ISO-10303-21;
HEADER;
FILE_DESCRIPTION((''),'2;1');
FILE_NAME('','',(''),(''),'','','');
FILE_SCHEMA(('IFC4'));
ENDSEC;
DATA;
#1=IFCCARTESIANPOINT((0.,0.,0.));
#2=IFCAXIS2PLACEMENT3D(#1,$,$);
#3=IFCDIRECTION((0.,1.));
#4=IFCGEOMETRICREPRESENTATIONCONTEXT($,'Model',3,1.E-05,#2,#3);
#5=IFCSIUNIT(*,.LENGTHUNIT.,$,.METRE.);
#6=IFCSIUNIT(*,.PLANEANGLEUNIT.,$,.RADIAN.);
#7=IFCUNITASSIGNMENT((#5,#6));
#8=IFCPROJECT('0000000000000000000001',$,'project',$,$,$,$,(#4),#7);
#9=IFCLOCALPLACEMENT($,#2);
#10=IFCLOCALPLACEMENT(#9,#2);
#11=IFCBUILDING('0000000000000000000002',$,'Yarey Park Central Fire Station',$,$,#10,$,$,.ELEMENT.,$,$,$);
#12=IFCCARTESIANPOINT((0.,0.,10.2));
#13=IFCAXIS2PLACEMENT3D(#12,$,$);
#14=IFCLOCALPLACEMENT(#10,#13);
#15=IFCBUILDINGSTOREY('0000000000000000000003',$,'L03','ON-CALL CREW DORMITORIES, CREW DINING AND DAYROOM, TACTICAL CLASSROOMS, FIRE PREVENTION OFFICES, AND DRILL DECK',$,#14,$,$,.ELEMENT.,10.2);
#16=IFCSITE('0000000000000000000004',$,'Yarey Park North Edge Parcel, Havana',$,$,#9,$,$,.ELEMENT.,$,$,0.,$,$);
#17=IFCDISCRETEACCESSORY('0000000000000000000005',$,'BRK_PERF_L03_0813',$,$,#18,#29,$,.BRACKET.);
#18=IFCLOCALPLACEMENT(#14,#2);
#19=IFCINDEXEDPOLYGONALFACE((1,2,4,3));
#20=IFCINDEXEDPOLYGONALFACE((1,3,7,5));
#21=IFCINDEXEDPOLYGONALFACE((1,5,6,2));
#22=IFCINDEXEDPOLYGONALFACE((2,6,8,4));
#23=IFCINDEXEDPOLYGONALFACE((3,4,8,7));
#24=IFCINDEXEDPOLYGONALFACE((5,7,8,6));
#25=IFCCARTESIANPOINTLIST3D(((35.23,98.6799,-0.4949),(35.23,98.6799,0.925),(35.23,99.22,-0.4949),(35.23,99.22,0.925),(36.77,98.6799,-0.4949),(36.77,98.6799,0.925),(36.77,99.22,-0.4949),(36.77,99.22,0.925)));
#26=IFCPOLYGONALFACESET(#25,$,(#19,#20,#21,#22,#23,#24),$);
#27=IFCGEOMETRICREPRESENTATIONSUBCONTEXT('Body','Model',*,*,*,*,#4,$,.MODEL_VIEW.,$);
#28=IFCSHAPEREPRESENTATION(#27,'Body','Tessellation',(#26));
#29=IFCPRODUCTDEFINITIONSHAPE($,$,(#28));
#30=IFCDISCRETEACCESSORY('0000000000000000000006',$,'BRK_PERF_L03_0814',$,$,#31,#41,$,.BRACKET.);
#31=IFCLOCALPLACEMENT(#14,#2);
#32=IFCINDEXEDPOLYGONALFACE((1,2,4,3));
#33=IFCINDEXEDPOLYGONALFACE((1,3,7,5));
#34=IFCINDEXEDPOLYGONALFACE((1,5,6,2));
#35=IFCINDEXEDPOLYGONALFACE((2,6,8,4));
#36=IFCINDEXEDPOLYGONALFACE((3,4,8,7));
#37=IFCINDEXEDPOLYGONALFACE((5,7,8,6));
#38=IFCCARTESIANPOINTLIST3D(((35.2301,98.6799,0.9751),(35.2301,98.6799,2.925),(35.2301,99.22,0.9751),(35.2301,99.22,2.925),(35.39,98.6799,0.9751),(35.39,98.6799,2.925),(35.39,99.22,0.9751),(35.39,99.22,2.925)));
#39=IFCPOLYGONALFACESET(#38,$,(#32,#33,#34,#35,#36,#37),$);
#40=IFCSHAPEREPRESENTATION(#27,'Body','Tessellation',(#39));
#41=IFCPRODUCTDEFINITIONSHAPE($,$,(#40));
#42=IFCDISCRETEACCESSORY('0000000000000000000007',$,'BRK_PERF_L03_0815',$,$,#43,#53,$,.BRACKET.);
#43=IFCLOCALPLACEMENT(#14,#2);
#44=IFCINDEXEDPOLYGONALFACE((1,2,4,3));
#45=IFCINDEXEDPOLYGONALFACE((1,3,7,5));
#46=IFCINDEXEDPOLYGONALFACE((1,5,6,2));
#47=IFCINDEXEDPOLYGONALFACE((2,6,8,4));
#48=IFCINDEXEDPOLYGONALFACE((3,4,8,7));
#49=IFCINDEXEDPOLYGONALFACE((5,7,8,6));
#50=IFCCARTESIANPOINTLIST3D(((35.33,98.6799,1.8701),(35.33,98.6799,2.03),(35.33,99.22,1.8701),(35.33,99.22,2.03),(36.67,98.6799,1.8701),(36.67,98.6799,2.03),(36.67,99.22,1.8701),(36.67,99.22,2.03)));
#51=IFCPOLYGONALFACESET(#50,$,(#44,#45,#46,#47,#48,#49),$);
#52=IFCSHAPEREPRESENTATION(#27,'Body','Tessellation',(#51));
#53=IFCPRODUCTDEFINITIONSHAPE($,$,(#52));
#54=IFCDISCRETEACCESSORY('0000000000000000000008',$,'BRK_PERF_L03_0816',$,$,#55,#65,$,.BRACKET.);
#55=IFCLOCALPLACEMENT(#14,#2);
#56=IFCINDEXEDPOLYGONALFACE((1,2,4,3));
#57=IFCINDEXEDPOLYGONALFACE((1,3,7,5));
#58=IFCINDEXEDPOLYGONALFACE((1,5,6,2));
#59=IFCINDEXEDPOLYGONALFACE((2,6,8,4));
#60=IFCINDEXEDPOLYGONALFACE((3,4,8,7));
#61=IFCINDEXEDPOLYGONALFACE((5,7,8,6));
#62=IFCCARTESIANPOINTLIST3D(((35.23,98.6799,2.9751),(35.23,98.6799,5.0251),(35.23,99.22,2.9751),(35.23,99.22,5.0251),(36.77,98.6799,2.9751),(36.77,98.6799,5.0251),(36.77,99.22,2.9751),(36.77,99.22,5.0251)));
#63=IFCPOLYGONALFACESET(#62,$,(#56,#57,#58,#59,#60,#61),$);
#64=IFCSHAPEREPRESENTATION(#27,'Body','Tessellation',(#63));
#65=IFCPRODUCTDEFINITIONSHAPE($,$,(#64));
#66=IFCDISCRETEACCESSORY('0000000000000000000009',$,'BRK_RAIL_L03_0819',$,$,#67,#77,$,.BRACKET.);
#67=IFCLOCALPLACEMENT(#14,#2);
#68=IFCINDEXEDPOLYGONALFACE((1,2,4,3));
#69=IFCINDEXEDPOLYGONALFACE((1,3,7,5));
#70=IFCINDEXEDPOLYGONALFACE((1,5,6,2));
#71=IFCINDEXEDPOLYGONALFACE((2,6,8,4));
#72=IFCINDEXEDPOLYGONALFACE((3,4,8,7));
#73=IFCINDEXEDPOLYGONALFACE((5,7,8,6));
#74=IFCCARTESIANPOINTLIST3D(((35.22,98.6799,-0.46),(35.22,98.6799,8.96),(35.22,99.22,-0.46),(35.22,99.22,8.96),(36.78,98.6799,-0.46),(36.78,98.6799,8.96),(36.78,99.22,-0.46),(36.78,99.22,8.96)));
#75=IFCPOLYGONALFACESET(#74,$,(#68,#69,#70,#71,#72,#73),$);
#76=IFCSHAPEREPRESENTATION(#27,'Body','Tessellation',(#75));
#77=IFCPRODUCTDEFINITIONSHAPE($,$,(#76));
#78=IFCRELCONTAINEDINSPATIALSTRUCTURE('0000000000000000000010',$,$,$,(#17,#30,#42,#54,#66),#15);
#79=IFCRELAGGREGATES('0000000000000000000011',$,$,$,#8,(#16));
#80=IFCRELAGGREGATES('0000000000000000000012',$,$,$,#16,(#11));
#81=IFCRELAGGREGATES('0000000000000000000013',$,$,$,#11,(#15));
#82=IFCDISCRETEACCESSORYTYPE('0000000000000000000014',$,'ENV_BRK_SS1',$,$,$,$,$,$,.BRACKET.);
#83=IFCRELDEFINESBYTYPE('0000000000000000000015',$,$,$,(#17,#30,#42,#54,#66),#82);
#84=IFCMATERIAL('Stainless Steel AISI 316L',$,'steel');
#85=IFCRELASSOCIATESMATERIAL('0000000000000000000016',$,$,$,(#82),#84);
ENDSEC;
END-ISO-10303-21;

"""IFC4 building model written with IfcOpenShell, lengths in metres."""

from ifc_helpers import new_model, si_unit, direction, frame, origin, origin_2d, place, context, subcontext, project, spatial, rectangle, extrude, material, type_object, element, save


model = new_model("IFC4")

# Units and contexts
model_context = context("Model", 3, precision=1e-05, world=origin(), true_north=direction((0.0, 1.0)))
body_context = subcontext(model_context, "Body", "Model", "MODEL_VIEW")
ifc_project = project(units=[si_unit("LENGTHUNIT", "METRE"), si_unit("PLANEANGLEUNIT", "RADIAN")], contexts=[model_context])

# Site, building, storey
site_placement = place(None, origin())
site = spatial("IfcSite", under=ifc_project, at=site_placement, Name="Yarey Park North Edge Parcel, Havana", CompositionType="ELEMENT", RefElevation=0.0)
building_placement = place(site_placement, origin())
building = spatial("IfcBuilding", under=site, at=building_placement, Name="Yarey Park Central Fire Station", CompositionType="ELEMENT")
storey_placement = place(building_placement, frame((0.0, 0.0, 10.2)))
storey = spatial("IfcBuildingStorey", under=building, at=storey_placement, Name="L03", Description="ON-CALL CREW DORMITORIES, CREW DINING AND DAYROOM, TACTICAL CLASSROOMS, FIRE PREVENTION OFFICES, AND DRILL DECK", CompositionType="ELEMENT", Elevation=10.2)

# Discrete accessories
ifc_material_1 = material(Name="Stainless Steel AISI 316L", Category="steel")
discrete_accessory_type = type_object("IfcDiscreteAccessoryType", Name="ENV_BRK_SS1", PredefinedType="BRACKET", material=ifc_material_1)
discrete_accessory_1_placement = place(storey_placement, frame((36.0, 98.95, -0.4949), z_axis=(0.0, 0.0, 1.0), x_axis=(1.0, 0.0, 0.0)))
element("IfcDiscreteAccessory", 1, at=discrete_accessory_1_placement, inside=storey, type_object=discrete_accessory_type, Name="BRK_PERF_L03_0813", PredefinedType="BRACKET", context=body_context, shape_type="SweptSolid", body=[
    extrude(rectangle(XDim=1.54, YDim=0.54, at=origin_2d()), origin(), (0.0, 0.0, 1.0), 1.4199),
])
discrete_accessory_2_placement = place(storey_placement, frame((35.3101, 98.95, 0.9751), z_axis=(0.0, 0.0, 1.0), x_axis=(1.0, 0.0, 0.0)))
element("IfcDiscreteAccessory", 2, at=discrete_accessory_2_placement, inside=storey, type_object=discrete_accessory_type, Name="BRK_PERF_L03_0814", PredefinedType="BRACKET", context=body_context, shape_type="SweptSolid", body=[
    extrude(rectangle(XDim=0.1599, YDim=0.54, at=origin_2d()), origin(), (0.0, 0.0, 1.0), 1.95),
])
discrete_accessory_3_placement = place(storey_placement, frame((36.0, 98.95, 1.8701), z_axis=(0.0, 0.0, 1.0), x_axis=(1.0, 0.0, 0.0)))
element("IfcDiscreteAccessory", 3, at=discrete_accessory_3_placement, inside=storey, type_object=discrete_accessory_type, Name="BRK_PERF_L03_0815", PredefinedType="BRACKET", context=body_context, shape_type="SweptSolid", body=[
    extrude(rectangle(XDim=1.3401, YDim=0.54, at=origin_2d()), origin(), (0.0, 0.0, 1.0), 0.1599),
])
discrete_accessory_4_placement = place(storey_placement, frame((36.0, 98.95, 2.9751), z_axis=(0.0, 0.0, 1.0), x_axis=(1.0, 0.0, 0.0)))
element("IfcDiscreteAccessory", 4, at=discrete_accessory_4_placement, inside=storey, type_object=discrete_accessory_type, Name="BRK_PERF_L03_0816", PredefinedType="BRACKET", context=body_context, shape_type="SweptSolid", body=[
    extrude(rectangle(XDim=1.54, YDim=0.54, at=origin_2d()), origin(), (0.0, 0.0, 1.0), 2.05),
])
discrete_accessory_5_placement = place(storey_placement, frame((36.0, 98.95, -0.46), z_axis=(0.0, 0.0, 1.0), x_axis=(1.0, 0.0, 0.0)))
element("IfcDiscreteAccessory", 5, at=discrete_accessory_5_placement, inside=storey, type_object=discrete_accessory_type, Name="BRK_RAIL_L03_0819", PredefinedType="BRACKET", context=body_context, shape_type="SweptSolid", body=[
    extrude(rectangle(XDim=1.5601, YDim=0.54, at=origin_2d()), origin(), (0.0, 0.0, 1.0), 9.4199),
])

save(model, "model.ifc")
